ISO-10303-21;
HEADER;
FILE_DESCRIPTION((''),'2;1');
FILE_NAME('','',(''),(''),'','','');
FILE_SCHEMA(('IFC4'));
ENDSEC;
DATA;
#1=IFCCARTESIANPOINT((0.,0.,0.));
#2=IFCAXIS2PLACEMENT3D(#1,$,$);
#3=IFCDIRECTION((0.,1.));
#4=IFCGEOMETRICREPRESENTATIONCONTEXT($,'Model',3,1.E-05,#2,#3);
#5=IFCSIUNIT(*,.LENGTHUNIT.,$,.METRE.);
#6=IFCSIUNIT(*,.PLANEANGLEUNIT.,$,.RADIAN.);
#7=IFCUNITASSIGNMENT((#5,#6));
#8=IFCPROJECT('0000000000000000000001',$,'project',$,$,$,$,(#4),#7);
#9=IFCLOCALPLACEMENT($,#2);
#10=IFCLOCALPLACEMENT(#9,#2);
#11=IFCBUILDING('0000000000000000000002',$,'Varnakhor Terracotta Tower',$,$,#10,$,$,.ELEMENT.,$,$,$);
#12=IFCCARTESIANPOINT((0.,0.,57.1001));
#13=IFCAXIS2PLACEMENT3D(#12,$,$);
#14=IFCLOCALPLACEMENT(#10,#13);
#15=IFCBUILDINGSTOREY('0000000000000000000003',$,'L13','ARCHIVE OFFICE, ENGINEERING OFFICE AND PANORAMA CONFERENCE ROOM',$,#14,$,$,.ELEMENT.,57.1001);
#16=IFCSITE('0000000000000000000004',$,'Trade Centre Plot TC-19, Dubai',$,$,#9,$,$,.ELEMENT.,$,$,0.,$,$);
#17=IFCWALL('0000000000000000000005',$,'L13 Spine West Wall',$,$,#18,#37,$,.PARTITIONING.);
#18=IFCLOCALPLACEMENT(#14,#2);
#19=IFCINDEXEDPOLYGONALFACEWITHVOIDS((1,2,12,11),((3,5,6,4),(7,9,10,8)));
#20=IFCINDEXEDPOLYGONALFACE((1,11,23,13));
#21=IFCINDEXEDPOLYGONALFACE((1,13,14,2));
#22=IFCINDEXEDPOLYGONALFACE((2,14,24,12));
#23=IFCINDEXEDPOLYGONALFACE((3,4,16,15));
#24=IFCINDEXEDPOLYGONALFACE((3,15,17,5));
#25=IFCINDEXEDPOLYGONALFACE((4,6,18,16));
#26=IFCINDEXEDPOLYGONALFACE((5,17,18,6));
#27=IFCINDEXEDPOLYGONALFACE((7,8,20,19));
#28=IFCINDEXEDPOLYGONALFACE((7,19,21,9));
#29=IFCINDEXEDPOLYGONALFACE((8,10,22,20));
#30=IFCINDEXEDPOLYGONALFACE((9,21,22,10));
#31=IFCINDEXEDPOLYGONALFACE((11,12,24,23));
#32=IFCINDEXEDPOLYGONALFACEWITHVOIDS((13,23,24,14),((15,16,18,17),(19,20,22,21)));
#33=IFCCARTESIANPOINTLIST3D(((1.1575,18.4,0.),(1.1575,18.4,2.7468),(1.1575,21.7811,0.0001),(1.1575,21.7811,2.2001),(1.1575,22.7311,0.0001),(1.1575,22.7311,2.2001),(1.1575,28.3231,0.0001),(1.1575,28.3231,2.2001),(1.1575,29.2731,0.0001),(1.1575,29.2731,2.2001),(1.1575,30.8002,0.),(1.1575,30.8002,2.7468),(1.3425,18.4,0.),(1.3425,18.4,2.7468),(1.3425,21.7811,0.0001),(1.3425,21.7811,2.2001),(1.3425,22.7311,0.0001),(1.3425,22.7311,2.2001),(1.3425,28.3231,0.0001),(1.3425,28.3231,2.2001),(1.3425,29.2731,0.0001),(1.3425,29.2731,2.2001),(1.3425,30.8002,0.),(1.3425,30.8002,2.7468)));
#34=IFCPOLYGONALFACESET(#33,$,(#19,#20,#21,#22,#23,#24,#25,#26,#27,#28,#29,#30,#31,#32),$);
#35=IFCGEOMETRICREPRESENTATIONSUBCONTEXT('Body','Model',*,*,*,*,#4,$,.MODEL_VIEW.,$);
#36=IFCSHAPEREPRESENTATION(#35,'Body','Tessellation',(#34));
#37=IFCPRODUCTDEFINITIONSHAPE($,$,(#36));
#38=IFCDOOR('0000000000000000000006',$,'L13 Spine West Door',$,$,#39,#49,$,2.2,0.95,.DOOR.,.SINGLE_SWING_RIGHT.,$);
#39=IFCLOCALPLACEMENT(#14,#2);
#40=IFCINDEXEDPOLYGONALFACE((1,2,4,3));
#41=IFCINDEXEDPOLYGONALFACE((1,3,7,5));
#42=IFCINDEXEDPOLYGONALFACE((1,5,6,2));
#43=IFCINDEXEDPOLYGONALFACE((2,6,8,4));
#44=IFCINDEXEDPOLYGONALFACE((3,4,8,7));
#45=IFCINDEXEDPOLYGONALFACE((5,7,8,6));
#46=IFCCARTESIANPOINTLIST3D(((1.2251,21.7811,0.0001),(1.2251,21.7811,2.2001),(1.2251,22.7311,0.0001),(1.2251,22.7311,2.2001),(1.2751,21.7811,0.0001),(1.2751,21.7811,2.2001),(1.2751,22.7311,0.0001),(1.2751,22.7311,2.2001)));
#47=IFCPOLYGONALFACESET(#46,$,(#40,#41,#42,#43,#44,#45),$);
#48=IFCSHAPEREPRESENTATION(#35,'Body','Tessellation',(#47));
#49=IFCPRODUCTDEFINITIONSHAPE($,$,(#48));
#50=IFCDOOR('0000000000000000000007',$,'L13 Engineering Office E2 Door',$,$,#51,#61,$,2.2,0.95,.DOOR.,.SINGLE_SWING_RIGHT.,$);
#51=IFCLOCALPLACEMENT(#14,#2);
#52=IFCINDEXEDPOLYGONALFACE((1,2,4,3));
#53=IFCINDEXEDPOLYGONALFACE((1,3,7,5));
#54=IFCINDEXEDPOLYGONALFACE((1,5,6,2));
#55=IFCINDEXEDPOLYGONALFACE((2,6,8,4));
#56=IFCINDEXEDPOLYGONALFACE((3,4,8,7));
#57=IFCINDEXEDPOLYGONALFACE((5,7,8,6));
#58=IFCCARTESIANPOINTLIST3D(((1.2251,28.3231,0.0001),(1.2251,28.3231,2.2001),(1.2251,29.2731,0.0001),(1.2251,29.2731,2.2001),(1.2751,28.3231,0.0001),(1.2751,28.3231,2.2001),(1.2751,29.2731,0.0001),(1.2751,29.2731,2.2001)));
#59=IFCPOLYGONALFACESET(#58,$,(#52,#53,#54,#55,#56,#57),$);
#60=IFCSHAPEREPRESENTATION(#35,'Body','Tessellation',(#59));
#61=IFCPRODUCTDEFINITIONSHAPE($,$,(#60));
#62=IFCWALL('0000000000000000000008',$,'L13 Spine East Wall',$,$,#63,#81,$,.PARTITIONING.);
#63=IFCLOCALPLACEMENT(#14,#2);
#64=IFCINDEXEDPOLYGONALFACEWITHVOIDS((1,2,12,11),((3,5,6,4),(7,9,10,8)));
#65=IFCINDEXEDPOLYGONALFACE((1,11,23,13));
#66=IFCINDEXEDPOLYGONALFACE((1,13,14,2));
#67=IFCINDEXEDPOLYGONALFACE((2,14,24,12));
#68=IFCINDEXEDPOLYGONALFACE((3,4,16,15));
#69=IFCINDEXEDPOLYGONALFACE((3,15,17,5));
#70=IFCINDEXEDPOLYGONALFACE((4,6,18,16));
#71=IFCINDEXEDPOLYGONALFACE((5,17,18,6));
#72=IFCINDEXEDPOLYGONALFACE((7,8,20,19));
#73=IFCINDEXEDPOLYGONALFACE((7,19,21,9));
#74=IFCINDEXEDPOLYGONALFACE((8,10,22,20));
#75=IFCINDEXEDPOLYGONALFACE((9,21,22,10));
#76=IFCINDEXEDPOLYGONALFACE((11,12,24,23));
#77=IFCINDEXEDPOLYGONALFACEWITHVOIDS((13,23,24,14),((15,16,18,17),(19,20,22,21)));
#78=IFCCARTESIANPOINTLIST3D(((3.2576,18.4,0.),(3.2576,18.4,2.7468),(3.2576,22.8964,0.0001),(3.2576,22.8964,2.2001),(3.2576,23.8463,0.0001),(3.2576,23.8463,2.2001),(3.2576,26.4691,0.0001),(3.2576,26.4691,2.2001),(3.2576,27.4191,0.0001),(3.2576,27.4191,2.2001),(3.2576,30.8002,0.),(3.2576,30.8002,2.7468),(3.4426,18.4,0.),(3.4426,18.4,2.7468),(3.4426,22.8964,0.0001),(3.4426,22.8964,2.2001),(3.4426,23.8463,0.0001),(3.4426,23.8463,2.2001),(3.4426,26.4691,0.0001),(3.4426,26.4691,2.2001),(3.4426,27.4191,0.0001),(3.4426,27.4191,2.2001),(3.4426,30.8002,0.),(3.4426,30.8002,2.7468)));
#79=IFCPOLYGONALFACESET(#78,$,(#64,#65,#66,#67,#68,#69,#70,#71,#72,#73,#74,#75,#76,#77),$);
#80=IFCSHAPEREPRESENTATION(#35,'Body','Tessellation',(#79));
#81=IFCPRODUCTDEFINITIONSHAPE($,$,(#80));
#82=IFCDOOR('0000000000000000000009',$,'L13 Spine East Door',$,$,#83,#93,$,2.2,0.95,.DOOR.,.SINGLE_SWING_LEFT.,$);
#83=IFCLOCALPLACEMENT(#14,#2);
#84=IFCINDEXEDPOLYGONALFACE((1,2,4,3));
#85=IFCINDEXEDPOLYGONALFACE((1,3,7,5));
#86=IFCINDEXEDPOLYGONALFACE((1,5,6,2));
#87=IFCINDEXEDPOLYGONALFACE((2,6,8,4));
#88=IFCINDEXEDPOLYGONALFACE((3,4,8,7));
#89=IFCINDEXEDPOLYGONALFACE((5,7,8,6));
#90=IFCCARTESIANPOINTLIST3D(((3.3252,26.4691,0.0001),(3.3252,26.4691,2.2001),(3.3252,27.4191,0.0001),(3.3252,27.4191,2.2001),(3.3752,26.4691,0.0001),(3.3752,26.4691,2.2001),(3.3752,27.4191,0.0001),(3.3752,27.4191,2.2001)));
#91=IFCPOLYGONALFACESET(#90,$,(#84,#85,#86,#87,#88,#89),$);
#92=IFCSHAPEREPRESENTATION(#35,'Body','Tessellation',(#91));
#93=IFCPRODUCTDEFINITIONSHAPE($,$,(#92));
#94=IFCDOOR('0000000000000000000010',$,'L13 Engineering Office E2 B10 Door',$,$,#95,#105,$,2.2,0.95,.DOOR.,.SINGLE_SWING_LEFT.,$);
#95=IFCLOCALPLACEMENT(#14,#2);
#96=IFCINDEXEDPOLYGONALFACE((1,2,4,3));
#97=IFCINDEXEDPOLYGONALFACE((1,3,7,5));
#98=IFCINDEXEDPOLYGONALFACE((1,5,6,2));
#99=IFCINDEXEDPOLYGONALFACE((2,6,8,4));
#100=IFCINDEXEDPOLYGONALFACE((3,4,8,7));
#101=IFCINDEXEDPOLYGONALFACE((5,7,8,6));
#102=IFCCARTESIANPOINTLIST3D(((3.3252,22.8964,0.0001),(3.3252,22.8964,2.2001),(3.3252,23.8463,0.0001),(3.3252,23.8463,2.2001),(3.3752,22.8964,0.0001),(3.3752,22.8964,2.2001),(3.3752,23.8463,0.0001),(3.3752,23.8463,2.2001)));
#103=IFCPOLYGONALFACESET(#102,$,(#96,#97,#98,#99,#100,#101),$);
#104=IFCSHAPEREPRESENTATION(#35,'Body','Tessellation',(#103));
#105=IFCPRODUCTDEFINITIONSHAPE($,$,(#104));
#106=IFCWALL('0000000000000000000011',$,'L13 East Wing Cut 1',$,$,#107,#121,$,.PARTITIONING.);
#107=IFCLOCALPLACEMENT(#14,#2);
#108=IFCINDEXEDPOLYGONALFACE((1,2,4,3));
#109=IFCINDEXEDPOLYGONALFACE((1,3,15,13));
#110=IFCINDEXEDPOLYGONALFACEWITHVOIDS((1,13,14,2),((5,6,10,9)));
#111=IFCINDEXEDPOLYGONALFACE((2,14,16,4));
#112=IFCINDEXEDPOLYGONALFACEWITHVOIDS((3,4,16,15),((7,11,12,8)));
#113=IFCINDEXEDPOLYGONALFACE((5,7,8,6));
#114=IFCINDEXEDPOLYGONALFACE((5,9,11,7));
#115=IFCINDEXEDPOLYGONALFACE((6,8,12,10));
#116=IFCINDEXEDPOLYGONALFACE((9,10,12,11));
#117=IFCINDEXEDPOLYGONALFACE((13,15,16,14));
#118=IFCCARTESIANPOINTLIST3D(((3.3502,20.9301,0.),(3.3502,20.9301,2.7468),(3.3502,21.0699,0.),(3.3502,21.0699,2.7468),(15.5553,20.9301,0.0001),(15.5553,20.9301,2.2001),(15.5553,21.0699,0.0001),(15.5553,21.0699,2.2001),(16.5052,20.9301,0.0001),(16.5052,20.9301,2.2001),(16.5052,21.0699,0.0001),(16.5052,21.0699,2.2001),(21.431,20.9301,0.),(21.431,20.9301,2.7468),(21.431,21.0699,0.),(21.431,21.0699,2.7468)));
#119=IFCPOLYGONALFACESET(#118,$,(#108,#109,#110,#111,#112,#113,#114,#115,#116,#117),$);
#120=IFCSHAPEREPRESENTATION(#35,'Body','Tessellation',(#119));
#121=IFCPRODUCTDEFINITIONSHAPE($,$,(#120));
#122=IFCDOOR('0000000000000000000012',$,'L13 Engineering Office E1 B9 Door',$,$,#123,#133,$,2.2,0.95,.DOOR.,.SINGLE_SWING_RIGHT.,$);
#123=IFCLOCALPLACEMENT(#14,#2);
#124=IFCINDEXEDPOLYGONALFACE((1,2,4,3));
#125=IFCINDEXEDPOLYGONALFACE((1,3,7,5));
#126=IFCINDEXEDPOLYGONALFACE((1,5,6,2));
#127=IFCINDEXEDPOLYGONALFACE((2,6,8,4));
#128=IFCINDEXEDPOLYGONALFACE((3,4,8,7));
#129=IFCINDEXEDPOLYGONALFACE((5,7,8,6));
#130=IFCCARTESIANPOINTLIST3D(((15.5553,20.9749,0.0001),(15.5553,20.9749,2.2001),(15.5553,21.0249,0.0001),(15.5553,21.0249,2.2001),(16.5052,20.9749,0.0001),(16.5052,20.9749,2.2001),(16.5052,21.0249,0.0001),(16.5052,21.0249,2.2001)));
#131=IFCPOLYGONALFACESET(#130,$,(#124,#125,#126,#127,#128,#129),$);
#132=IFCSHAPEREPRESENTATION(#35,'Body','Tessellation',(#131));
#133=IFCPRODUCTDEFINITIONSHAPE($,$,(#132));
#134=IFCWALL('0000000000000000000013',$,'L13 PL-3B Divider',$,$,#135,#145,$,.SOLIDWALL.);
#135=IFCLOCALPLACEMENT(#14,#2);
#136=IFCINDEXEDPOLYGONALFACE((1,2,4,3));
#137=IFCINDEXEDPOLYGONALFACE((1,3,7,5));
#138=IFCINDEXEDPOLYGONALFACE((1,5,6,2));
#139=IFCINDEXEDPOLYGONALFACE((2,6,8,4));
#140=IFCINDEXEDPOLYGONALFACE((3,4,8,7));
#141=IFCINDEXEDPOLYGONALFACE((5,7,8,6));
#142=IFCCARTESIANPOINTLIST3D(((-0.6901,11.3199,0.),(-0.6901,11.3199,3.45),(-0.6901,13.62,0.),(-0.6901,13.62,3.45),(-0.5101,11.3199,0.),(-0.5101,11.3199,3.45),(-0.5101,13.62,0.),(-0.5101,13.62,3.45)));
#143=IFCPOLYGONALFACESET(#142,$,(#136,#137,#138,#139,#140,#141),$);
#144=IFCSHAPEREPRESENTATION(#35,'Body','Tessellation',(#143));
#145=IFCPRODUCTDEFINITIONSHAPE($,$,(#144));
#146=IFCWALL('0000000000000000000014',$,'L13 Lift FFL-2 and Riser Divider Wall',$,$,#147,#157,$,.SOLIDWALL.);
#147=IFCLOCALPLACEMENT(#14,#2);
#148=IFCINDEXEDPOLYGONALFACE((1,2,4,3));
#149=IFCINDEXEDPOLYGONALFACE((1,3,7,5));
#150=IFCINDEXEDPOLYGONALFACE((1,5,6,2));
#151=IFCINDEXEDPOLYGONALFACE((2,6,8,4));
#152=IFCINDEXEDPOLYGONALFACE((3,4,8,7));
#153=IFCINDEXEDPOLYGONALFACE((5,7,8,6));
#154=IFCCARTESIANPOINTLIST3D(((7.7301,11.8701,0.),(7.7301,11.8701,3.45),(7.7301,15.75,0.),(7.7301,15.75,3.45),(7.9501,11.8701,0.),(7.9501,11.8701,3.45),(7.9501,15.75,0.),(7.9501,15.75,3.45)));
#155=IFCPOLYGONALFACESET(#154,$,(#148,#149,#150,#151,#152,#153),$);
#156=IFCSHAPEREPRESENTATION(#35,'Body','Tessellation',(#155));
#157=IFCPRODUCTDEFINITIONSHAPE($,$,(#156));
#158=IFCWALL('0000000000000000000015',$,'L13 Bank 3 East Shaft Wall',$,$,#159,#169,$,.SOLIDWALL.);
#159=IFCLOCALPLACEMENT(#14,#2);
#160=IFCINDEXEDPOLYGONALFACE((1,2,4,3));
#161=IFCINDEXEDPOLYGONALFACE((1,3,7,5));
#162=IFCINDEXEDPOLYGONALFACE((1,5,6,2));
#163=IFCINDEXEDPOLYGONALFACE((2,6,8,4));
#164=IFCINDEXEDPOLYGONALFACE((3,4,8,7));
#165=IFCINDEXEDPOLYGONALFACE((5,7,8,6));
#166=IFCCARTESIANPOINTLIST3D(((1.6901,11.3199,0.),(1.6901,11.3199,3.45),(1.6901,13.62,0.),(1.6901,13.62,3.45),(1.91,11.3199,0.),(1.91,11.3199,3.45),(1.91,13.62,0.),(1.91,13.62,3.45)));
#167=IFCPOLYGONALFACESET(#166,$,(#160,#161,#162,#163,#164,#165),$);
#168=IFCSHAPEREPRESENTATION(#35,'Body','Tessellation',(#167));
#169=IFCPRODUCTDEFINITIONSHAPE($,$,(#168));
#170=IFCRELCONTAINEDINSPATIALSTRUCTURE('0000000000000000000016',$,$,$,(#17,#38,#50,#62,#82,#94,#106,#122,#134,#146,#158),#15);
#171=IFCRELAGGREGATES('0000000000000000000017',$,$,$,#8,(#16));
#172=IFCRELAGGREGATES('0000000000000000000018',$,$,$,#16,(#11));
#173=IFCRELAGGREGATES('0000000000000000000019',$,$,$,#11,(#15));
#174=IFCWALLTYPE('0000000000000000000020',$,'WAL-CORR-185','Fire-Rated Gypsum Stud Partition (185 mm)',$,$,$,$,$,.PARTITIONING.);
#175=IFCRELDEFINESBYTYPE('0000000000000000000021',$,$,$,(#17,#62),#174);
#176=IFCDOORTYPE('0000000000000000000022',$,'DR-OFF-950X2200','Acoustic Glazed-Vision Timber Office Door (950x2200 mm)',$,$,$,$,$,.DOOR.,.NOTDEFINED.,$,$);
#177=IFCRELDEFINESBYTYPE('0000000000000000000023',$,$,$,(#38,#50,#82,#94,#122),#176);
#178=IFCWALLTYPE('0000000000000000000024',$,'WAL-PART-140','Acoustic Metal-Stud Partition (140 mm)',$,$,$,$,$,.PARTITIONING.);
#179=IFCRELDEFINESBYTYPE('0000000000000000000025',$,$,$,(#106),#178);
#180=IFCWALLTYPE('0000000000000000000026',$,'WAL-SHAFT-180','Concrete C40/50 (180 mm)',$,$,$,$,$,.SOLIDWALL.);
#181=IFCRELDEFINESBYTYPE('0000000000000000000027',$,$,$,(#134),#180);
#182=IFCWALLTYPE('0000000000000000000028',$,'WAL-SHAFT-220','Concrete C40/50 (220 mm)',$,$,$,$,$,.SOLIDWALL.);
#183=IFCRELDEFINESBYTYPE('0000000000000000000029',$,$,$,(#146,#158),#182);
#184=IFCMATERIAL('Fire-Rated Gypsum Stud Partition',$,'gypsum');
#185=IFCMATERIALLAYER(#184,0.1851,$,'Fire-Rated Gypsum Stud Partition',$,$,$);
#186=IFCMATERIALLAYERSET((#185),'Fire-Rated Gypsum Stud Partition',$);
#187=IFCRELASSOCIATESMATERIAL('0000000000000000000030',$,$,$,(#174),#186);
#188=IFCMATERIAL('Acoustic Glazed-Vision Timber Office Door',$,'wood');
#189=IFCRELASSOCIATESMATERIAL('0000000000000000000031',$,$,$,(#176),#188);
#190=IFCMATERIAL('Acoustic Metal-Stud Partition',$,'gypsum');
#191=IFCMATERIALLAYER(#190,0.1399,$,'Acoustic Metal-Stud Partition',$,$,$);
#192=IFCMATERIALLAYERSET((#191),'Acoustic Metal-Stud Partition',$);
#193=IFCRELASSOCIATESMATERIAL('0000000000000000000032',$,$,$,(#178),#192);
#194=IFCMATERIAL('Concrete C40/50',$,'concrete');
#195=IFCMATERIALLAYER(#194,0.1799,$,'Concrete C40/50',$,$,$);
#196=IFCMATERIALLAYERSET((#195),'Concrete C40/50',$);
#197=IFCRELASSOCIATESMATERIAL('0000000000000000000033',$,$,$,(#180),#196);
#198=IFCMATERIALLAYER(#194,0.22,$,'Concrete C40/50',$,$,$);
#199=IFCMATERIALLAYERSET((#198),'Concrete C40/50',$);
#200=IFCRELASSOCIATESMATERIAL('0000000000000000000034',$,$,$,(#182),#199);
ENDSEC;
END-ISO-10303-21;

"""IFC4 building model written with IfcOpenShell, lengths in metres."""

from ifc_helpers import new_model, si_unit, direction, frame, frame_2d, origin, place, context, subcontext, project, spatial, rectangle, extrude, source, transform, mapped, material, layer, layer_set, type_object, type_shapes, element, fill, save


model = new_model("IFC4")

# Units and contexts
model_context = context("Model", 3, precision=1e-05, world=origin(), true_north=direction((0.0, 1.0)))
body_context = subcontext(model_context, "Body", "Model", "MODEL_VIEW")
ifc_project = project(units=[si_unit("LENGTHUNIT", "METRE"), si_unit("PLANEANGLEUNIT", "RADIAN")], contexts=[model_context])

# Site, building, storey
site_placement = place(None, origin())
site = spatial("IfcSite", under=ifc_project, at=site_placement, Name="Trade Centre Plot TC-19, Dubai", CompositionType="ELEMENT", RefElevation=0.0)
building_placement = place(site_placement, origin())
building = spatial("IfcBuilding", under=site, at=building_placement, Name="Varnakhor Terracotta Tower", CompositionType="ELEMENT")
storey_placement = place(building_placement, frame((0.0, 0.0, 57.1001)))
storey = spatial("IfcBuildingStorey", under=building, at=storey_placement, Name="L13", Description="ARCHIVE OFFICE, ENGINEERING OFFICE AND PANORAMA CONFERENCE ROOM", CompositionType="ELEMENT", Elevation=57.1001)

# Walls, openings, doors
ifc_material_1 = material(Name="Fire-Rated Gypsum Stud Partition", Category="gypsum")
ifc_layer_1 = layer(ifc_material_1, 0.1851, Name="Fire-Rated Gypsum Stud Partition")
ifc_layer_set_1 = layer_set([ifc_layer_1], Name="Fire-Rated Gypsum Stud Partition")
wall_type_1 = type_object("IfcWallType", Name="WAL-CORR-185", Description="Fire-Rated Gypsum Stud Partition (185 mm)", PredefinedType="PARTITIONING", material=ifc_layer_set_1)
ifc_material_2 = material(Name="Acoustic Glazed-Vision Timber Office Door", Category="wood")
door_type_1 = type_object("IfcDoorType", Name="DR-OFF-950X2200", Description="Acoustic Glazed-Vision Timber Office Door (950x2200 mm)", OperationType="NOTDEFINED", PredefinedType="DOOR", material=ifc_material_2)
shared_shape_1 = source(origin(), body_context, "Body", "SweptSolid", [
    extrude(rectangle(XDim=0.95, YDim=2.2, at=frame_2d((0.4751, 1.1001))), frame((0.0, 0.0249, 0.0), z_axis=(0.0, -1.0, 0.0), x_axis=(1.0, 0.0, 0.0)), (0.0, 0.0, 1.0), 0.05),
])
type_shapes(door_type_1, [shared_shape_1])
wall_1_placement = place(storey_placement, frame((1.25, 18.3999, 0.0), z_axis=(0.0, 0.0, 1.0), x_axis=(0.0, 1.0, 0.0)))
wall_1 = element("IfcWall", 1, at=wall_1_placement, inside=storey, type_object=wall_type_1, Name="L13 Spine West Wall", PredefinedType="PARTITIONING", context=body_context, shape_type="SweptSolid", body=[
    extrude(rectangle(XDim=12.4001, YDim=0.1851, at=frame_2d((6.2002, 0.0))), origin(), (0.0, 0.0, 1.0), 2.7468),
])
opening_1_placement = place(wall_1_placement, frame((3.3811, 0.0, 0.0)))
opening_1 = element("IfcOpeningElement", 2, at=opening_1_placement, cuts=wall_1, PredefinedType="OPENING", context=body_context, shape_type="SweptSolid", body=[
    extrude(rectangle(XDim=0.95, YDim=2.2, at=frame_2d((0.4751, 1.1001))), frame((0.0, 0.1025, 0.0), z_axis=(0.0, -1.0, 0.0), x_axis=(1.0, 0.0, 0.0)), (0.0, 0.0, 1.0), 0.2051),
])
opening_2_placement = place(wall_1_placement, frame((9.9231, 0.0, 0.0)))
opening_2 = element("IfcOpeningElement", 3, at=opening_2_placement, cuts=wall_1, PredefinedType="OPENING", context=body_context, shape_type="SweptSolid", body=[
    extrude(rectangle(XDim=0.95, YDim=2.2, at=frame_2d((0.4751, 1.1001))), frame((0.0, 0.1025, 0.0), z_axis=(0.0, -1.0, 0.0), x_axis=(1.0, 0.0, 0.0)), (0.0, 0.0, 1.0), 0.2051),
])
door_1_placement = place(opening_1_placement, origin())
door_1 = element("IfcDoor", 4, at=door_1_placement, inside=storey, type_object=door_type_1, Name="L13 Spine West Door", OperationType="SINGLE_SWING_RIGHT", OverallHeight=2.2, OverallWidth=0.95, PredefinedType="DOOR", context=body_context, shape_type="MappedRepresentation", body=[
    mapped(shared_shape_1, transform((0.0, 0.0, 0.0), scale=1.0)),
])
fill(opening_1, door_1)
door_2_placement = place(opening_2_placement, origin())
door_2 = element("IfcDoor", 5, at=door_2_placement, inside=storey, type_object=door_type_1, Name="L13 Engineering Office E2 Door", OperationType="SINGLE_SWING_RIGHT", OverallHeight=2.2, OverallWidth=0.95, PredefinedType="DOOR", context=body_context, shape_type="MappedRepresentation", body=[
    mapped(shared_shape_1, transform((0.0, 0.0, 0.0), scale=1.0)),
])
fill(opening_2, door_2)
wall_2_placement = place(storey_placement, frame((3.3501, 18.3999, 0.0), z_axis=(0.0, 0.0, 1.0), x_axis=(0.0, 1.0, 0.0)))
wall_2 = element("IfcWall", 6, at=wall_2_placement, inside=storey, type_object=wall_type_1, Name="L13 Spine East Wall", PredefinedType="PARTITIONING", context=body_context, shape_type="SweptSolid", body=[
    extrude(rectangle(XDim=12.4001, YDim=0.1851, at=frame_2d((6.2002, 0.0))), origin(), (0.0, 0.0, 1.0), 2.7468),
])
opening_3_placement = place(wall_2_placement, frame((8.0691, 0.0, 0.0)))
opening_3 = element("IfcOpeningElement", 7, at=opening_3_placement, cuts=wall_2, PredefinedType="OPENING", context=body_context, shape_type="SweptSolid", body=[
    extrude(rectangle(XDim=0.95, YDim=2.2, at=frame_2d((0.4751, 1.1001))), frame((0.0, 0.1025, 0.0), z_axis=(0.0, -1.0, 0.0), x_axis=(1.0, 0.0, 0.0)), (0.0, 0.0, 1.0), 0.2051),
])
opening_4_placement = place(wall_2_placement, frame((4.4963, 0.0, 0.0)))
opening_4 = element("IfcOpeningElement", 8, at=opening_4_placement, cuts=wall_2, PredefinedType="OPENING", context=body_context, shape_type="SweptSolid", body=[
    extrude(rectangle(XDim=0.95, YDim=2.2, at=frame_2d((0.4751, 1.1001))), frame((0.0, 0.1025, 0.0), z_axis=(0.0, -1.0, 0.0), x_axis=(1.0, 0.0, 0.0)), (0.0, 0.0, 1.0), 0.2051),
])
door_3_placement = place(opening_3_placement, origin())
door_3 = element("IfcDoor", 9, at=door_3_placement, inside=storey, type_object=door_type_1, Name="L13 Spine East Door", OperationType="SINGLE_SWING_LEFT", OverallHeight=2.2, OverallWidth=0.95, PredefinedType="DOOR", context=body_context, shape_type="MappedRepresentation", body=[
    mapped(shared_shape_1, transform((0.0, 0.0, 0.0), scale=1.0)),
])
fill(opening_3, door_3)
door_4_placement = place(opening_4_placement, origin())
door_4 = element("IfcDoor", 10, at=door_4_placement, inside=storey, type_object=door_type_1, Name="L13 Engineering Office E2 B10 Door", OperationType="SINGLE_SWING_LEFT", OverallHeight=2.2, OverallWidth=0.95, PredefinedType="DOOR", context=body_context, shape_type="MappedRepresentation", body=[
    mapped(shared_shape_1, transform((0.0, 0.0, 0.0), scale=1.0)),
])
fill(opening_4, door_4)

# Wall, opening, door
ifc_material_3 = material(Name="Acoustic Metal-Stud Partition", Category="gypsum")
ifc_layer_2 = layer(ifc_material_3, 0.1399, Name="Acoustic Metal-Stud Partition")
ifc_layer_set_2 = layer_set([ifc_layer_2], Name="Acoustic Metal-Stud Partition")
wall_type_2 = type_object("IfcWallType", Name="WAL-PART-140", Description="Acoustic Metal-Stud Partition (140 mm)", PredefinedType="PARTITIONING", material=ifc_layer_set_2)
wall_3_placement = place(storey_placement, frame((3.3501, 21.0, 0.0), z_axis=(0.0, 0.0, 1.0), x_axis=(1.0, 0.0, 0.0)))
wall_3 = element("IfcWall", 11, at=wall_3_placement, inside=storey, type_object=wall_type_2, Name="L13 East Wing Cut 1", PredefinedType="PARTITIONING", context=body_context, shape_type="SweptSolid", body=[
    extrude(rectangle(XDim=18.0808, YDim=0.1399, at=frame_2d((9.0405, 0.0))), origin(), (0.0, 0.0, 1.0), 2.7468),
])
opening_5_placement = place(wall_3_placement, frame((12.2051, 0.0, 0.0)))
opening_5 = element("IfcOpeningElement", 12, at=opening_5_placement, cuts=wall_3, PredefinedType="OPENING", context=body_context, shape_type="SweptSolid", body=[
    extrude(rectangle(XDim=0.95, YDim=2.2, at=frame_2d((0.4751, 1.1001))), frame((0.0, 0.0801, 0.0), z_axis=(0.0, -1.0, 0.0), x_axis=(1.0, 0.0, 0.0)), (0.0, 0.0, 1.0), 0.1599),
])
door_5_placement = place(opening_5_placement, origin())
door_5 = element("IfcDoor", 13, at=door_5_placement, inside=storey, type_object=door_type_1, Name="L13 Engineering Office E1 B9 Door", OperationType="SINGLE_SWING_RIGHT", OverallHeight=2.2, OverallWidth=0.95, PredefinedType="DOOR", context=body_context, shape_type="MappedRepresentation", body=[
    mapped(shared_shape_1, transform((0.0, 0.0, 0.0), scale=1.0)),
])
fill(opening_5, door_5)

# Walls
ifc_material_4 = material(Name="Concrete C40/50", Category="concrete")
ifc_layer_3 = layer(ifc_material_4, 0.1799, Name="Concrete C40/50")
ifc_layer_set_3 = layer_set([ifc_layer_3], Name="Concrete C40/50")
wall_type_3 = type_object("IfcWallType", Name="WAL-SHAFT-180", Description="Concrete C40/50 (180 mm)", PredefinedType="SOLIDWALL", material=ifc_layer_set_3)
wall_4_placement = place(storey_placement, frame((-0.6001, 11.3201, 0.0), z_axis=(0.0, 0.0, 1.0), x_axis=(0.0, 1.0, 0.0)))
element("IfcWall", 14, at=wall_4_placement, inside=storey, type_object=wall_type_3, Name="L13 PL-3B Divider", PredefinedType="SOLIDWALL", context=body_context, shape_type="SweptSolid", body=[
    extrude(rectangle(XDim=2.3, YDim=0.1799, at=frame_2d((1.1499, 0.0))), origin(), (0.0, 0.0, 1.0), 3.45),
])
ifc_layer_4 = layer(ifc_material_4, 0.22, Name="Concrete C40/50")
ifc_layer_set_4 = layer_set([ifc_layer_4], Name="Concrete C40/50")
wall_type_4 = type_object("IfcWallType", Name="WAL-SHAFT-220", Description="Concrete C40/50 (220 mm)", PredefinedType="SOLIDWALL", material=ifc_layer_set_4)
wall_5_placement = place(storey_placement, frame((7.8401, 11.8701, 0.0), z_axis=(0.0, 0.0, 1.0), x_axis=(0.0, 1.0, 0.0)))
element("IfcWall", 15, at=wall_5_placement, inside=storey, type_object=wall_type_4, Name="L13 Lift FFL-2 and Riser Divider Wall", PredefinedType="SOLIDWALL", context=body_context, shape_type="SweptSolid", body=[
    extrude(rectangle(XDim=3.8799, YDim=0.22, at=frame_2d((1.9399, 0.0))), origin(), (0.0, 0.0, 1.0), 3.45),
])
wall_6_placement = place(storey_placement, frame((1.8, 11.3201, 0.0), z_axis=(0.0, 0.0, 1.0), x_axis=(0.0, 1.0, 0.0)))
element("IfcWall", 16, at=wall_6_placement, inside=storey, type_object=wall_type_4, Name="L13 Bank 3 East Shaft Wall", PredefinedType="SOLIDWALL", context=body_context, shape_type="SweptSolid", body=[
    extrude(rectangle(XDim=2.3, YDim=0.22, at=frame_2d((1.1499, 0.0))), origin(), (0.0, 0.0, 1.0), 3.45),
])

save(model, "model.ifc")
